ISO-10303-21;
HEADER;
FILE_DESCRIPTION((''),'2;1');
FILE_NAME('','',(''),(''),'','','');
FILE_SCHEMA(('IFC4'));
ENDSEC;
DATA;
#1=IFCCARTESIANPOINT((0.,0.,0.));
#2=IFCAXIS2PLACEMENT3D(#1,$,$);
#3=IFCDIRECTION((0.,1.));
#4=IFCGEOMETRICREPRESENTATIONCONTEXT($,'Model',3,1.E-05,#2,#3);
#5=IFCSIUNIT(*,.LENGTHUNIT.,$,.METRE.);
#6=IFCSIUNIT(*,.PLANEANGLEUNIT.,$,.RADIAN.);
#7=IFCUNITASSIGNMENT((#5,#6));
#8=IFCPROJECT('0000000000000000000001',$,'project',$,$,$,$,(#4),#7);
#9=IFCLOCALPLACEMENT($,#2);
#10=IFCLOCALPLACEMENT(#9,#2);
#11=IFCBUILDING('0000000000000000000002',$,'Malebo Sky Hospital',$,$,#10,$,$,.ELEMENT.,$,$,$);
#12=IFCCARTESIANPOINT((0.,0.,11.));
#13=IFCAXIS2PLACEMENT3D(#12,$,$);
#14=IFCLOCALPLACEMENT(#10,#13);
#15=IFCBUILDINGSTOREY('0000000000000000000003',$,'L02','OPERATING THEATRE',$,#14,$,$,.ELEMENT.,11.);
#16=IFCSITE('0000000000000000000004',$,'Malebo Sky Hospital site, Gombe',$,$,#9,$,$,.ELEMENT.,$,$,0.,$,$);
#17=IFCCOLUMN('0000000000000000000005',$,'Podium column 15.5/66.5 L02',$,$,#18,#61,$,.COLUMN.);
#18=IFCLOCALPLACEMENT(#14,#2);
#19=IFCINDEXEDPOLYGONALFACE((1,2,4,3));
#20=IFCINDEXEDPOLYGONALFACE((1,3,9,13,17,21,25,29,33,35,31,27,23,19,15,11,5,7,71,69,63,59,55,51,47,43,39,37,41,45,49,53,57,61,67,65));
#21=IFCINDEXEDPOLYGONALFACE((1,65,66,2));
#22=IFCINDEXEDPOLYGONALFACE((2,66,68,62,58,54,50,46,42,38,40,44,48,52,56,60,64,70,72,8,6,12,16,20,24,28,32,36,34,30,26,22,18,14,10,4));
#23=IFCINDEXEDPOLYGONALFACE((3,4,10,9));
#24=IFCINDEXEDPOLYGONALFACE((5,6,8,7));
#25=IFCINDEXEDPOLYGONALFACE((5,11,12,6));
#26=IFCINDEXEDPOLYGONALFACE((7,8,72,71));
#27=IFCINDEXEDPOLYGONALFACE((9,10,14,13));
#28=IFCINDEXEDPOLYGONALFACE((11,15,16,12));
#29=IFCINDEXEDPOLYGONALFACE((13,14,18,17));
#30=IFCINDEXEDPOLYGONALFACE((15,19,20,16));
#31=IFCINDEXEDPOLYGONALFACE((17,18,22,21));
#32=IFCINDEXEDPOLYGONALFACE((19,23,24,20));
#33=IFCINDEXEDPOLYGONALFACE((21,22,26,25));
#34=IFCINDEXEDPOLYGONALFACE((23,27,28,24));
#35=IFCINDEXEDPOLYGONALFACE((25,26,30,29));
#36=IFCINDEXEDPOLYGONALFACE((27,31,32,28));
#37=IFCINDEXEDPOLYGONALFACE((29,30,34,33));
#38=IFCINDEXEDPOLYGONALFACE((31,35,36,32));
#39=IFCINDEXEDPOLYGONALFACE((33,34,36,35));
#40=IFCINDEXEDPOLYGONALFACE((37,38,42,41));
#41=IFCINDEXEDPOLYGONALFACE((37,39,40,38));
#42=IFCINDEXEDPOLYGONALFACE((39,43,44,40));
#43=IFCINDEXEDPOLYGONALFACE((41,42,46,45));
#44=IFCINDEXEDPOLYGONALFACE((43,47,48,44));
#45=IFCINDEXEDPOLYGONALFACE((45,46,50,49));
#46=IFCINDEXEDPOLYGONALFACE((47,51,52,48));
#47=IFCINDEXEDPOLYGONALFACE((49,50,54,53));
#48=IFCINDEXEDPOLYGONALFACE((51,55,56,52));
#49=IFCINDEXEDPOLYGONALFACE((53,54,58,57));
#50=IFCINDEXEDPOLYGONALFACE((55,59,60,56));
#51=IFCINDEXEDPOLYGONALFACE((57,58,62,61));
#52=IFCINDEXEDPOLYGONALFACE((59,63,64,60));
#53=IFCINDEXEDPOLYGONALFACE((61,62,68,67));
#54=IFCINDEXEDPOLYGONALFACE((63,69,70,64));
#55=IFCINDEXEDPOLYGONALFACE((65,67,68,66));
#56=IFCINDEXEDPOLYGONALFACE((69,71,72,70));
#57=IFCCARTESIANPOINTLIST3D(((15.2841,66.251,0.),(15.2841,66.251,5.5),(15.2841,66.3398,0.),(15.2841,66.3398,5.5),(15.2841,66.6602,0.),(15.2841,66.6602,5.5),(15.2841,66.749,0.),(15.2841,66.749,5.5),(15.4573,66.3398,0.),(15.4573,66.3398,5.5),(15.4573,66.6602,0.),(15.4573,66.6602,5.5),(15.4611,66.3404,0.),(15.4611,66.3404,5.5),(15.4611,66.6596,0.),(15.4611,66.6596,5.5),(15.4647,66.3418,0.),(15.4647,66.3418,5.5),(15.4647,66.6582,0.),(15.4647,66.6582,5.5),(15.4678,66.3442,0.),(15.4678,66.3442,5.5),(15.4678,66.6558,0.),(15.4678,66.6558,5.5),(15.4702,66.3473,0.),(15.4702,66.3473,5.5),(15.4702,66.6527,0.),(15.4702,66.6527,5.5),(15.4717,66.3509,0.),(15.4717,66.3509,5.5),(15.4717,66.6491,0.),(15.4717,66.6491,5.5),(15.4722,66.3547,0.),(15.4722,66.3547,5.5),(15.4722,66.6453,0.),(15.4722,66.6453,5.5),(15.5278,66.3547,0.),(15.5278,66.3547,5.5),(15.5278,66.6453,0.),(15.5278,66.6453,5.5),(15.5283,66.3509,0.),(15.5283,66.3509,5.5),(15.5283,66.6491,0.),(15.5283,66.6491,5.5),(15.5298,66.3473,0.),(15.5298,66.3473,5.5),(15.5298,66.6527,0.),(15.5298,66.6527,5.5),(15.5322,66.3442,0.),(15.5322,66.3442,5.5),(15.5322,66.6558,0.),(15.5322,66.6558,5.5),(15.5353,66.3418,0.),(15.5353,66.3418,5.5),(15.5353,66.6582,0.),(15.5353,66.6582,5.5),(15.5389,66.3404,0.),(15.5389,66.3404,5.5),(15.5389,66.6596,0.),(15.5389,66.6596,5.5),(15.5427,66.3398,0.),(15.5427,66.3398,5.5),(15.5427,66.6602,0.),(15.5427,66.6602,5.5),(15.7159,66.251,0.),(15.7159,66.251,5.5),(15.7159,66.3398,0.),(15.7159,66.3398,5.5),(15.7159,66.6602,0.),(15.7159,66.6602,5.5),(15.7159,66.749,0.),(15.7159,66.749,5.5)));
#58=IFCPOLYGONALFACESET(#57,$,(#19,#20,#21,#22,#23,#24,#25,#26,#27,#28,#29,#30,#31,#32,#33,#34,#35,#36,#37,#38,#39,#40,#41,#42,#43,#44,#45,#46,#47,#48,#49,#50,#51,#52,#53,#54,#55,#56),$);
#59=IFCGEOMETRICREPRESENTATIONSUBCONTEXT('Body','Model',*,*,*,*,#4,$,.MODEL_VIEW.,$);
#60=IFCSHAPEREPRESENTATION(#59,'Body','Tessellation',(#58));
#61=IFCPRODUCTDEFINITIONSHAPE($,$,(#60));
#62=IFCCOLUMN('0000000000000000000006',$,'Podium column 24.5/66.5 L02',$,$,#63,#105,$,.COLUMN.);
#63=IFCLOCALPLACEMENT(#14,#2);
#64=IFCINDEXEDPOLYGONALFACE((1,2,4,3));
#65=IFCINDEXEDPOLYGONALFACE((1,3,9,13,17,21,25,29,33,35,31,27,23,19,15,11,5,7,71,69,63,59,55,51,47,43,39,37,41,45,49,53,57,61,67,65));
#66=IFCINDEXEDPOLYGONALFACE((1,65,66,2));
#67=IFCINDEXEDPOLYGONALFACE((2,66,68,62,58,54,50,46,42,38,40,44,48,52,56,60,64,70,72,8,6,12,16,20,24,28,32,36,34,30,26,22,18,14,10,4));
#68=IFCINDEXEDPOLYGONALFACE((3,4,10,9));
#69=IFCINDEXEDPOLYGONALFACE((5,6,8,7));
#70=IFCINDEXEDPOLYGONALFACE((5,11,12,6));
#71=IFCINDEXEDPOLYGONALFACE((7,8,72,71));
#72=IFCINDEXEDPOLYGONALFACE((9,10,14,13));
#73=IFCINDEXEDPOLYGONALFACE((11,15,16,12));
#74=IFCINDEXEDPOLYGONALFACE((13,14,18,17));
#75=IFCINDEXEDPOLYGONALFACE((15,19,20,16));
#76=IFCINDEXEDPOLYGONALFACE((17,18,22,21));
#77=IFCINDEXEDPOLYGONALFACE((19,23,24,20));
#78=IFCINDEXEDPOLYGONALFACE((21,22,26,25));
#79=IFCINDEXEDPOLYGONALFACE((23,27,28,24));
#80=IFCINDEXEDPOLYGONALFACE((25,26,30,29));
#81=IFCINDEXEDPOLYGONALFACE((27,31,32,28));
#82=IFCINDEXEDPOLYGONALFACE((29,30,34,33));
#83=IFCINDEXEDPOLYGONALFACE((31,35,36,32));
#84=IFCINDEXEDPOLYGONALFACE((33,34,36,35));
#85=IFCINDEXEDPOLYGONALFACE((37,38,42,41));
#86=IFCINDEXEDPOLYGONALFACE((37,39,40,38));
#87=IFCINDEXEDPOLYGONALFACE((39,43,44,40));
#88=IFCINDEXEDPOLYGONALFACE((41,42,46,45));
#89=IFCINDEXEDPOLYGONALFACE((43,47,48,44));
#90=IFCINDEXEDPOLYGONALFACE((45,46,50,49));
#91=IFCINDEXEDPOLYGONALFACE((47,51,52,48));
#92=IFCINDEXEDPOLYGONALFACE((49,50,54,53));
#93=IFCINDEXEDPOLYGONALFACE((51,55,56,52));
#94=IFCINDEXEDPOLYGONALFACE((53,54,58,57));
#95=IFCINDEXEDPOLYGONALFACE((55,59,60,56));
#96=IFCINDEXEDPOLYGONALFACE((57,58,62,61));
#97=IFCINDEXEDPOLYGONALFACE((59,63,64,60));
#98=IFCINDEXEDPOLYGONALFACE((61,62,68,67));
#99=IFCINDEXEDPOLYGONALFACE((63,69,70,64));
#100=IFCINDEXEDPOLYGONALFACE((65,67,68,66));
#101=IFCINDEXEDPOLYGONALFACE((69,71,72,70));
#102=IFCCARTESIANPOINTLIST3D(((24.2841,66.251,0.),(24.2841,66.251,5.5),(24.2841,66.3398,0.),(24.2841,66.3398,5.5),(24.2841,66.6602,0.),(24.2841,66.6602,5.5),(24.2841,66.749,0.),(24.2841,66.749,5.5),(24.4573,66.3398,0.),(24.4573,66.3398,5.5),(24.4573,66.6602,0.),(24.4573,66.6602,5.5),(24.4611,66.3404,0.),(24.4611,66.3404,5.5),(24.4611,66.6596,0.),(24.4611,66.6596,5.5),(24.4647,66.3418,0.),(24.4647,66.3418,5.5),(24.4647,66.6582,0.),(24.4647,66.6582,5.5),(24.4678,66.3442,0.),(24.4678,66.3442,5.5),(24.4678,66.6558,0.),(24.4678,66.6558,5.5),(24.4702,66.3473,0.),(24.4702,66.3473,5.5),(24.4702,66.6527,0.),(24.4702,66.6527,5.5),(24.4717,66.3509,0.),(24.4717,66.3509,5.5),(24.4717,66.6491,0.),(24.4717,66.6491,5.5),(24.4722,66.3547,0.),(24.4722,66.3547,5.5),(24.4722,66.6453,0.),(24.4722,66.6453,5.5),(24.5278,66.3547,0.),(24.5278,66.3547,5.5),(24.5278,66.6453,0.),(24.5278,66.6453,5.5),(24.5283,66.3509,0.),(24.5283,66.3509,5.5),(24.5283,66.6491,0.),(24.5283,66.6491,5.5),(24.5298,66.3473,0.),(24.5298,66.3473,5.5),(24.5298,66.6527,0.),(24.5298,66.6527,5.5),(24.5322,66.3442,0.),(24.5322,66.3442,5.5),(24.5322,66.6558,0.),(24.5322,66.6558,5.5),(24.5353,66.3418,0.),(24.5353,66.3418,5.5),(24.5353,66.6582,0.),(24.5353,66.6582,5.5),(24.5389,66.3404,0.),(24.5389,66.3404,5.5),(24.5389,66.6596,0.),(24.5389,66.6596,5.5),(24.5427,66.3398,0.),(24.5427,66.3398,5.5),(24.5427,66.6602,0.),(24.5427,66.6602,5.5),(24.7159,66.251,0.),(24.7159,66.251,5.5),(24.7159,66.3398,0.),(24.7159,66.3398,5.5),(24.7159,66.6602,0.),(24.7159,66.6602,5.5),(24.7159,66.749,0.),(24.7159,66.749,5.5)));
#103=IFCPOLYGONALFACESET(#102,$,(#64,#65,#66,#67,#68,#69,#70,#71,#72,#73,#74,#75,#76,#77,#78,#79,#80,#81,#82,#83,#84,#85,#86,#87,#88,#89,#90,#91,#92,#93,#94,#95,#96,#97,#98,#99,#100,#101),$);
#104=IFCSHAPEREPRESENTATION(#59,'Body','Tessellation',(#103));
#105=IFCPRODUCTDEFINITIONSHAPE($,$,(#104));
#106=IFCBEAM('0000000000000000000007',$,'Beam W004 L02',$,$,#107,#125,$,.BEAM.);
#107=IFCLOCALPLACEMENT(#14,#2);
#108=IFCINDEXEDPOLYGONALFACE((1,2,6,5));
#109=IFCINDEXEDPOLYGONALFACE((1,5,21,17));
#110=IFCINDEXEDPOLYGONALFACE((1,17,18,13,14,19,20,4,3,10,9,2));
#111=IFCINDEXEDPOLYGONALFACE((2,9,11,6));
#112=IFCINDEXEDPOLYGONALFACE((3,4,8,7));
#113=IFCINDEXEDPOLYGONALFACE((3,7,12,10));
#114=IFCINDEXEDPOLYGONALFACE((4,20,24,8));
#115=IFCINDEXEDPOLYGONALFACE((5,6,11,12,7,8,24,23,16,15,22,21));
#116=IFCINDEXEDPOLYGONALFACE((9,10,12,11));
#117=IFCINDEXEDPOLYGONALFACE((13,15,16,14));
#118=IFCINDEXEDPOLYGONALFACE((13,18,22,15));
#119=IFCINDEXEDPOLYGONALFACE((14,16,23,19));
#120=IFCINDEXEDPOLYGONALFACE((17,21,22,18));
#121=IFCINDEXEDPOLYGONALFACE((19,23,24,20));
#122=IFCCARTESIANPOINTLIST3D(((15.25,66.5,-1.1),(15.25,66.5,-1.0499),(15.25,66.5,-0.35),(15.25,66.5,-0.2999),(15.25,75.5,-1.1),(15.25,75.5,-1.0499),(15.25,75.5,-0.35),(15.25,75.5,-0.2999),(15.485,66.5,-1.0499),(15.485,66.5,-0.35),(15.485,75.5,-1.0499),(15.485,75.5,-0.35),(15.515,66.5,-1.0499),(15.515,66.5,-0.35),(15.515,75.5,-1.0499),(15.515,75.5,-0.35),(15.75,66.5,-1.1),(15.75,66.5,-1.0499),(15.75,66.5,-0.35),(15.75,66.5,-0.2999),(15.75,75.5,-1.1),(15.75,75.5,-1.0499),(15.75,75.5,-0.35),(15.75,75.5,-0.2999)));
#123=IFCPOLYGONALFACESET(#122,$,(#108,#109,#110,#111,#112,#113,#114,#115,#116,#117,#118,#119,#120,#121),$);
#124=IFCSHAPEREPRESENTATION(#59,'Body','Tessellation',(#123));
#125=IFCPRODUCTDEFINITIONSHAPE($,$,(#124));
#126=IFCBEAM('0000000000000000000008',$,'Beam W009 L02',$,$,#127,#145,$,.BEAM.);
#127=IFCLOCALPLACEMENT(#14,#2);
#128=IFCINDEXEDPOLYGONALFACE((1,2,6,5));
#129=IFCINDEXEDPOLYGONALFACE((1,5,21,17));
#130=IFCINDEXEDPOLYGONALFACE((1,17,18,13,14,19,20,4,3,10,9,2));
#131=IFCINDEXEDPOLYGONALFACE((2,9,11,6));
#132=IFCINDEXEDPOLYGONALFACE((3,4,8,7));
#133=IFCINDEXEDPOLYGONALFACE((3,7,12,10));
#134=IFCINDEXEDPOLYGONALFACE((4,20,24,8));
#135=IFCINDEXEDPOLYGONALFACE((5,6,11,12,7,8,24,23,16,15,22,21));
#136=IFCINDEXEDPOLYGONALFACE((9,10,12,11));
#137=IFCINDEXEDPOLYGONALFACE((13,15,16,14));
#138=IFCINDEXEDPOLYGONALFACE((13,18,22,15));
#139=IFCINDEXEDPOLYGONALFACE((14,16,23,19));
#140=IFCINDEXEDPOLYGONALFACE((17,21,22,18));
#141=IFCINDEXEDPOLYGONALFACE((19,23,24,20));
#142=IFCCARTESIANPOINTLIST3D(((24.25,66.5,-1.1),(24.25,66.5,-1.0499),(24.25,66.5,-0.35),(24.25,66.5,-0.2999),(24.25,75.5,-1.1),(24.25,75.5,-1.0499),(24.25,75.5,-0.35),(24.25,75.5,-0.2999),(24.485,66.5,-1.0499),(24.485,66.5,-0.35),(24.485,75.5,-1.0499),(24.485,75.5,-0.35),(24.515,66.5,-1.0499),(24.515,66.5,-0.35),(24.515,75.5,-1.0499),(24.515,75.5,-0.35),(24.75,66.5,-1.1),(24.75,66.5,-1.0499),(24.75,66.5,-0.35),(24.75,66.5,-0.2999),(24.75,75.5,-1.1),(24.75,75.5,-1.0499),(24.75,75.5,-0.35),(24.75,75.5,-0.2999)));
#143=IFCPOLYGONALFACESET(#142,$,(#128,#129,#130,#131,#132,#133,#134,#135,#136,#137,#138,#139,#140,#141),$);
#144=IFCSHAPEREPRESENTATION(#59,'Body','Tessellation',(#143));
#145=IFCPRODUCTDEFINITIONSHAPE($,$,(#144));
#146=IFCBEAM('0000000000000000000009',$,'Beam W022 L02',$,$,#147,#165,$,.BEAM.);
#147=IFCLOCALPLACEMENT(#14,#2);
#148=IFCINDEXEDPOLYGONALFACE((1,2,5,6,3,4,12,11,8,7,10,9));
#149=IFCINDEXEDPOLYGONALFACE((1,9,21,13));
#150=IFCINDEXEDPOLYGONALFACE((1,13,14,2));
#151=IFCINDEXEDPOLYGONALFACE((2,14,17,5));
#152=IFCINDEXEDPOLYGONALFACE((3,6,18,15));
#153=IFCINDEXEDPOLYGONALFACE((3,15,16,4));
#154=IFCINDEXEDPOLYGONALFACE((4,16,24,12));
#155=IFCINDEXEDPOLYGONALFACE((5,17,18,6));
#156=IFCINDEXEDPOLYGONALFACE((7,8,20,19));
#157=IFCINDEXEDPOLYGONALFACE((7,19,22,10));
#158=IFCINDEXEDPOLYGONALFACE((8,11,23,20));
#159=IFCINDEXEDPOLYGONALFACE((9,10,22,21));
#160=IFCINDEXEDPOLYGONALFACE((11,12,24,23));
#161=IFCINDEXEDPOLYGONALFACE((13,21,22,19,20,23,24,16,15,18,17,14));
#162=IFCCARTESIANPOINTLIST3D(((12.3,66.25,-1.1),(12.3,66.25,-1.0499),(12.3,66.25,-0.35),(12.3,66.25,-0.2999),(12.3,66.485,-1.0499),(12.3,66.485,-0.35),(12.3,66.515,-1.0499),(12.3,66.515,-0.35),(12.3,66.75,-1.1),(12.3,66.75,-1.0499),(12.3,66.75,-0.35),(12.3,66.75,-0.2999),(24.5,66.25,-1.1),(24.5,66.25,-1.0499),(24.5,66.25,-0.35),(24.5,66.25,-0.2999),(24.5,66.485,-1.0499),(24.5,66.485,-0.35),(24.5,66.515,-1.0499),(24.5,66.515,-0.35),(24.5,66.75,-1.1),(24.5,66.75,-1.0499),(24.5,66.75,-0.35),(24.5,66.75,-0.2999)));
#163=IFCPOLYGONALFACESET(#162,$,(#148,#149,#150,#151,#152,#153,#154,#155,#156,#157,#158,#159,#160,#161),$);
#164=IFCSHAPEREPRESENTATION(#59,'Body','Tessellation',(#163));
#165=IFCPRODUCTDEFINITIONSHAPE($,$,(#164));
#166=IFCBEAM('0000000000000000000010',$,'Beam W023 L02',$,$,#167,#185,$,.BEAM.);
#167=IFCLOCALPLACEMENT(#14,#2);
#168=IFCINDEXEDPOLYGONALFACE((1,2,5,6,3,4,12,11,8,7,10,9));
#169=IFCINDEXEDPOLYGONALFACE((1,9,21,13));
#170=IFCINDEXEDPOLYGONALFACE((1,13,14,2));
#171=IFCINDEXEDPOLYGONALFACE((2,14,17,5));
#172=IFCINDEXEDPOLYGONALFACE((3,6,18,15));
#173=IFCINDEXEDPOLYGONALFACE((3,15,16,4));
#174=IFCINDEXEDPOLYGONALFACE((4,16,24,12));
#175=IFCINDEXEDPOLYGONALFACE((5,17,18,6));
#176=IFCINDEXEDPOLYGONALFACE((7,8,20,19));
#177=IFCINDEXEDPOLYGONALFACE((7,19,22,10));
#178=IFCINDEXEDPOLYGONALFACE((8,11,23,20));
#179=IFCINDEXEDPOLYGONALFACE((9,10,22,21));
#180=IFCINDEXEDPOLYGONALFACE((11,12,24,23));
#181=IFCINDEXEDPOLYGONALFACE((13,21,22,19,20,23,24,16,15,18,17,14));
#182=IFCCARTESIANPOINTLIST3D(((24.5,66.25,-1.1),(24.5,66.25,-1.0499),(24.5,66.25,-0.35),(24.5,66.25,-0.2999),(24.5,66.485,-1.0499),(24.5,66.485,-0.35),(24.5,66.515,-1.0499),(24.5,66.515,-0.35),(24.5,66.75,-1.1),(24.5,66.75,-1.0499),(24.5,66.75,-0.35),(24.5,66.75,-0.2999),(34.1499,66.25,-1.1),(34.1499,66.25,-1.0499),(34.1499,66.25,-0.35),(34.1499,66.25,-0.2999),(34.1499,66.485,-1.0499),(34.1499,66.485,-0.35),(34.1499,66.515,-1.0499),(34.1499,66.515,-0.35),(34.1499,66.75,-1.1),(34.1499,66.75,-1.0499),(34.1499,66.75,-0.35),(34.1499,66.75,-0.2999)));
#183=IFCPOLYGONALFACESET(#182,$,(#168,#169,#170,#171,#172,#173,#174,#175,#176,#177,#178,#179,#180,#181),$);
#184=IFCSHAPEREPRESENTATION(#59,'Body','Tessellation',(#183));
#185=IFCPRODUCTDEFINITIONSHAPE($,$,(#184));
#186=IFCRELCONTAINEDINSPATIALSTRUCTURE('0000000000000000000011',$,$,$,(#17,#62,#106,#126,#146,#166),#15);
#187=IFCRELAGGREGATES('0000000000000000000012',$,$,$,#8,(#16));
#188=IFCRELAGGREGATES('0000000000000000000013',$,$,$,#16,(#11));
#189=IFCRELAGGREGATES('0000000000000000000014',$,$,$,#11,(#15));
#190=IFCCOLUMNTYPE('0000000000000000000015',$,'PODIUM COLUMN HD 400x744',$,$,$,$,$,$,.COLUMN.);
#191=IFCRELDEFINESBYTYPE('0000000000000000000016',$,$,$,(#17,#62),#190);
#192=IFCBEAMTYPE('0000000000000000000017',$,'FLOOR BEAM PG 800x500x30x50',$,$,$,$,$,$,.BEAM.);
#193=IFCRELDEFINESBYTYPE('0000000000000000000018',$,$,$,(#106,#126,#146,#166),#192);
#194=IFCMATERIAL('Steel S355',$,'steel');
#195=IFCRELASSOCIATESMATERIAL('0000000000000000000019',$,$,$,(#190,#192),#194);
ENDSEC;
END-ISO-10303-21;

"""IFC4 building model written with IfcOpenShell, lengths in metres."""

from ifc_helpers import new_model, si_unit, direction, frame, origin, origin_2d, place, context, subcontext, project, spatial, i_section, extrude, material, material_profile, profile_set, type_object, element, save


model = new_model("IFC4")

# Units and contexts
model_context = context("Model", 3, precision=1e-05, world=origin(), true_north=direction((0.0, 1.0)))
body_context = subcontext(model_context, "Body", "Model", "MODEL_VIEW")
ifc_project = project(units=[si_unit("LENGTHUNIT", "METRE"), si_unit("PLANEANGLEUNIT", "RADIAN")], contexts=[model_context])

# Site, building, storey
site_placement = place(None, origin())
site = spatial("IfcSite", under=ifc_project, at=site_placement, Name="Malebo Sky Hospital site, Gombe", CompositionType="ELEMENT", RefElevation=0.0)
building_placement = place(site_placement, origin())
building = spatial("IfcBuilding", under=site, at=building_placement, Name="Malebo Sky Hospital", CompositionType="ELEMENT")
storey_placement = place(building_placement, frame((0.0, 0.0, 11.0)))
storey = spatial("IfcBuildingStorey", under=building, at=storey_placement, Name="L02", Description="OPERATING THEATRE", CompositionType="ELEMENT", Elevation=11.0)

# Columns
ifc_material_1 = material(Name="Steel S355", Category="steel")
ifc_material_profile_1 = material_profile(ifc_material_1, i_section(OverallWidth=0.4319, OverallDepth=0.498, WebThickness=0.0557, FlangeThickness=0.0889, FilletRadius=0.0149, at=origin_2d()), Name="HD 400x744")
ifc_profile_set_1 = profile_set([ifc_material_profile_1], Name="Steel S355")
column_type = type_object("IfcColumnType", Name="PODIUM COLUMN HD 400x744", PredefinedType="COLUMN", material=ifc_profile_set_1)
for number, where, z_axis, x_axis, name in (
    (1, (15.5, 66.5, 0.0), (0.0, 0.0, 1.0), (1.0, 0.0, 0.0), "Podium column 15.5/66.5 L02"),
    (2, (24.5, 66.5, 0.0), (0.0, 0.0, 1.0), (1.0, 0.0, 0.0), "Podium column 24.5/66.5 L02"),
):
    element("IfcColumn", number, at=place(storey_placement, frame(where, z_axis=z_axis, x_axis=x_axis)), inside=storey, type_object=column_type, Name=name, PredefinedType="COLUMN", context=body_context, shape_type="SweptSolid", body=[
        extrude(i_section(OverallWidth=0.4319, OverallDepth=0.498, WebThickness=0.0557, FlangeThickness=0.0889, FilletRadius=0.0149, at=origin_2d()), origin(), (0.0, 0.0, 1.0), 5.5),
    ])

# Beams
ifc_material_profile_2 = material_profile(ifc_material_1, i_section(OverallWidth=0.5, OverallDepth=0.8, WebThickness=0.03, FlangeThickness=0.05, at=origin_2d()), Name="PG 800x500x30x50")
ifc_profile_set_2 = profile_set([ifc_material_profile_2], Name="Steel S355")
beam_type = type_object("IfcBeamType", Name="FLOOR BEAM PG 800x500x30x50", PredefinedType="BEAM", material=ifc_profile_set_2)
for number, where, z_axis, x_axis, name in (
    (3, (15.5, 66.5, -0.7), (0.0, 1.0, 0.0), (-1.0, 0.0, 0.0), "Beam W004 L02"),
    (4, (24.5, 66.5, -0.7), (0.0, 1.0, 0.0), (-1.0, 0.0, 0.0), "Beam W009 L02"),
):
    element("IfcBeam", number, at=place(storey_placement, frame(where, z_axis=z_axis, x_axis=x_axis)), inside=storey, type_object=beam_type, Name=name, PredefinedType="BEAM", context=body_context, shape_type="SweptSolid", body=[
        extrude(i_section(OverallWidth=0.5, OverallDepth=0.8, WebThickness=0.03, FlangeThickness=0.05, at=origin_2d()), origin(), (0.0, 0.0, 1.0), 9.0),
    ])
beam_1_placement = place(storey_placement, frame((12.3, 66.5, -0.7), z_axis=(1.0, 0.0, 0.0), x_axis=(0.0, 1.0, 0.0)))
element("IfcBeam", 5, at=beam_1_placement, inside=storey, type_object=beam_type, Name="Beam W022 L02", PredefinedType="BEAM", context=body_context, shape_type="SweptSolid", body=[
    extrude(i_section(OverallWidth=0.5, OverallDepth=0.8, WebThickness=0.03, FlangeThickness=0.05, at=origin_2d()), origin(), (0.0, 0.0, 1.0), 12.2),
])
beam_2_placement = place(storey_placement, frame((24.5, 66.5, -0.7), z_axis=(1.0, 0.0, 0.0), x_axis=(0.0, 1.0, 0.0)))
element("IfcBeam", 6, at=beam_2_placement, inside=storey, type_object=beam_type, Name="Beam W023 L02", PredefinedType="BEAM", context=body_context, shape_type="SweptSolid", body=[
    extrude(i_section(OverallWidth=0.5, OverallDepth=0.8, WebThickness=0.03, FlangeThickness=0.05, at=origin_2d()), origin(), (0.0, 0.0, 1.0), 9.6499),
])

save(model, "model.ifc")
